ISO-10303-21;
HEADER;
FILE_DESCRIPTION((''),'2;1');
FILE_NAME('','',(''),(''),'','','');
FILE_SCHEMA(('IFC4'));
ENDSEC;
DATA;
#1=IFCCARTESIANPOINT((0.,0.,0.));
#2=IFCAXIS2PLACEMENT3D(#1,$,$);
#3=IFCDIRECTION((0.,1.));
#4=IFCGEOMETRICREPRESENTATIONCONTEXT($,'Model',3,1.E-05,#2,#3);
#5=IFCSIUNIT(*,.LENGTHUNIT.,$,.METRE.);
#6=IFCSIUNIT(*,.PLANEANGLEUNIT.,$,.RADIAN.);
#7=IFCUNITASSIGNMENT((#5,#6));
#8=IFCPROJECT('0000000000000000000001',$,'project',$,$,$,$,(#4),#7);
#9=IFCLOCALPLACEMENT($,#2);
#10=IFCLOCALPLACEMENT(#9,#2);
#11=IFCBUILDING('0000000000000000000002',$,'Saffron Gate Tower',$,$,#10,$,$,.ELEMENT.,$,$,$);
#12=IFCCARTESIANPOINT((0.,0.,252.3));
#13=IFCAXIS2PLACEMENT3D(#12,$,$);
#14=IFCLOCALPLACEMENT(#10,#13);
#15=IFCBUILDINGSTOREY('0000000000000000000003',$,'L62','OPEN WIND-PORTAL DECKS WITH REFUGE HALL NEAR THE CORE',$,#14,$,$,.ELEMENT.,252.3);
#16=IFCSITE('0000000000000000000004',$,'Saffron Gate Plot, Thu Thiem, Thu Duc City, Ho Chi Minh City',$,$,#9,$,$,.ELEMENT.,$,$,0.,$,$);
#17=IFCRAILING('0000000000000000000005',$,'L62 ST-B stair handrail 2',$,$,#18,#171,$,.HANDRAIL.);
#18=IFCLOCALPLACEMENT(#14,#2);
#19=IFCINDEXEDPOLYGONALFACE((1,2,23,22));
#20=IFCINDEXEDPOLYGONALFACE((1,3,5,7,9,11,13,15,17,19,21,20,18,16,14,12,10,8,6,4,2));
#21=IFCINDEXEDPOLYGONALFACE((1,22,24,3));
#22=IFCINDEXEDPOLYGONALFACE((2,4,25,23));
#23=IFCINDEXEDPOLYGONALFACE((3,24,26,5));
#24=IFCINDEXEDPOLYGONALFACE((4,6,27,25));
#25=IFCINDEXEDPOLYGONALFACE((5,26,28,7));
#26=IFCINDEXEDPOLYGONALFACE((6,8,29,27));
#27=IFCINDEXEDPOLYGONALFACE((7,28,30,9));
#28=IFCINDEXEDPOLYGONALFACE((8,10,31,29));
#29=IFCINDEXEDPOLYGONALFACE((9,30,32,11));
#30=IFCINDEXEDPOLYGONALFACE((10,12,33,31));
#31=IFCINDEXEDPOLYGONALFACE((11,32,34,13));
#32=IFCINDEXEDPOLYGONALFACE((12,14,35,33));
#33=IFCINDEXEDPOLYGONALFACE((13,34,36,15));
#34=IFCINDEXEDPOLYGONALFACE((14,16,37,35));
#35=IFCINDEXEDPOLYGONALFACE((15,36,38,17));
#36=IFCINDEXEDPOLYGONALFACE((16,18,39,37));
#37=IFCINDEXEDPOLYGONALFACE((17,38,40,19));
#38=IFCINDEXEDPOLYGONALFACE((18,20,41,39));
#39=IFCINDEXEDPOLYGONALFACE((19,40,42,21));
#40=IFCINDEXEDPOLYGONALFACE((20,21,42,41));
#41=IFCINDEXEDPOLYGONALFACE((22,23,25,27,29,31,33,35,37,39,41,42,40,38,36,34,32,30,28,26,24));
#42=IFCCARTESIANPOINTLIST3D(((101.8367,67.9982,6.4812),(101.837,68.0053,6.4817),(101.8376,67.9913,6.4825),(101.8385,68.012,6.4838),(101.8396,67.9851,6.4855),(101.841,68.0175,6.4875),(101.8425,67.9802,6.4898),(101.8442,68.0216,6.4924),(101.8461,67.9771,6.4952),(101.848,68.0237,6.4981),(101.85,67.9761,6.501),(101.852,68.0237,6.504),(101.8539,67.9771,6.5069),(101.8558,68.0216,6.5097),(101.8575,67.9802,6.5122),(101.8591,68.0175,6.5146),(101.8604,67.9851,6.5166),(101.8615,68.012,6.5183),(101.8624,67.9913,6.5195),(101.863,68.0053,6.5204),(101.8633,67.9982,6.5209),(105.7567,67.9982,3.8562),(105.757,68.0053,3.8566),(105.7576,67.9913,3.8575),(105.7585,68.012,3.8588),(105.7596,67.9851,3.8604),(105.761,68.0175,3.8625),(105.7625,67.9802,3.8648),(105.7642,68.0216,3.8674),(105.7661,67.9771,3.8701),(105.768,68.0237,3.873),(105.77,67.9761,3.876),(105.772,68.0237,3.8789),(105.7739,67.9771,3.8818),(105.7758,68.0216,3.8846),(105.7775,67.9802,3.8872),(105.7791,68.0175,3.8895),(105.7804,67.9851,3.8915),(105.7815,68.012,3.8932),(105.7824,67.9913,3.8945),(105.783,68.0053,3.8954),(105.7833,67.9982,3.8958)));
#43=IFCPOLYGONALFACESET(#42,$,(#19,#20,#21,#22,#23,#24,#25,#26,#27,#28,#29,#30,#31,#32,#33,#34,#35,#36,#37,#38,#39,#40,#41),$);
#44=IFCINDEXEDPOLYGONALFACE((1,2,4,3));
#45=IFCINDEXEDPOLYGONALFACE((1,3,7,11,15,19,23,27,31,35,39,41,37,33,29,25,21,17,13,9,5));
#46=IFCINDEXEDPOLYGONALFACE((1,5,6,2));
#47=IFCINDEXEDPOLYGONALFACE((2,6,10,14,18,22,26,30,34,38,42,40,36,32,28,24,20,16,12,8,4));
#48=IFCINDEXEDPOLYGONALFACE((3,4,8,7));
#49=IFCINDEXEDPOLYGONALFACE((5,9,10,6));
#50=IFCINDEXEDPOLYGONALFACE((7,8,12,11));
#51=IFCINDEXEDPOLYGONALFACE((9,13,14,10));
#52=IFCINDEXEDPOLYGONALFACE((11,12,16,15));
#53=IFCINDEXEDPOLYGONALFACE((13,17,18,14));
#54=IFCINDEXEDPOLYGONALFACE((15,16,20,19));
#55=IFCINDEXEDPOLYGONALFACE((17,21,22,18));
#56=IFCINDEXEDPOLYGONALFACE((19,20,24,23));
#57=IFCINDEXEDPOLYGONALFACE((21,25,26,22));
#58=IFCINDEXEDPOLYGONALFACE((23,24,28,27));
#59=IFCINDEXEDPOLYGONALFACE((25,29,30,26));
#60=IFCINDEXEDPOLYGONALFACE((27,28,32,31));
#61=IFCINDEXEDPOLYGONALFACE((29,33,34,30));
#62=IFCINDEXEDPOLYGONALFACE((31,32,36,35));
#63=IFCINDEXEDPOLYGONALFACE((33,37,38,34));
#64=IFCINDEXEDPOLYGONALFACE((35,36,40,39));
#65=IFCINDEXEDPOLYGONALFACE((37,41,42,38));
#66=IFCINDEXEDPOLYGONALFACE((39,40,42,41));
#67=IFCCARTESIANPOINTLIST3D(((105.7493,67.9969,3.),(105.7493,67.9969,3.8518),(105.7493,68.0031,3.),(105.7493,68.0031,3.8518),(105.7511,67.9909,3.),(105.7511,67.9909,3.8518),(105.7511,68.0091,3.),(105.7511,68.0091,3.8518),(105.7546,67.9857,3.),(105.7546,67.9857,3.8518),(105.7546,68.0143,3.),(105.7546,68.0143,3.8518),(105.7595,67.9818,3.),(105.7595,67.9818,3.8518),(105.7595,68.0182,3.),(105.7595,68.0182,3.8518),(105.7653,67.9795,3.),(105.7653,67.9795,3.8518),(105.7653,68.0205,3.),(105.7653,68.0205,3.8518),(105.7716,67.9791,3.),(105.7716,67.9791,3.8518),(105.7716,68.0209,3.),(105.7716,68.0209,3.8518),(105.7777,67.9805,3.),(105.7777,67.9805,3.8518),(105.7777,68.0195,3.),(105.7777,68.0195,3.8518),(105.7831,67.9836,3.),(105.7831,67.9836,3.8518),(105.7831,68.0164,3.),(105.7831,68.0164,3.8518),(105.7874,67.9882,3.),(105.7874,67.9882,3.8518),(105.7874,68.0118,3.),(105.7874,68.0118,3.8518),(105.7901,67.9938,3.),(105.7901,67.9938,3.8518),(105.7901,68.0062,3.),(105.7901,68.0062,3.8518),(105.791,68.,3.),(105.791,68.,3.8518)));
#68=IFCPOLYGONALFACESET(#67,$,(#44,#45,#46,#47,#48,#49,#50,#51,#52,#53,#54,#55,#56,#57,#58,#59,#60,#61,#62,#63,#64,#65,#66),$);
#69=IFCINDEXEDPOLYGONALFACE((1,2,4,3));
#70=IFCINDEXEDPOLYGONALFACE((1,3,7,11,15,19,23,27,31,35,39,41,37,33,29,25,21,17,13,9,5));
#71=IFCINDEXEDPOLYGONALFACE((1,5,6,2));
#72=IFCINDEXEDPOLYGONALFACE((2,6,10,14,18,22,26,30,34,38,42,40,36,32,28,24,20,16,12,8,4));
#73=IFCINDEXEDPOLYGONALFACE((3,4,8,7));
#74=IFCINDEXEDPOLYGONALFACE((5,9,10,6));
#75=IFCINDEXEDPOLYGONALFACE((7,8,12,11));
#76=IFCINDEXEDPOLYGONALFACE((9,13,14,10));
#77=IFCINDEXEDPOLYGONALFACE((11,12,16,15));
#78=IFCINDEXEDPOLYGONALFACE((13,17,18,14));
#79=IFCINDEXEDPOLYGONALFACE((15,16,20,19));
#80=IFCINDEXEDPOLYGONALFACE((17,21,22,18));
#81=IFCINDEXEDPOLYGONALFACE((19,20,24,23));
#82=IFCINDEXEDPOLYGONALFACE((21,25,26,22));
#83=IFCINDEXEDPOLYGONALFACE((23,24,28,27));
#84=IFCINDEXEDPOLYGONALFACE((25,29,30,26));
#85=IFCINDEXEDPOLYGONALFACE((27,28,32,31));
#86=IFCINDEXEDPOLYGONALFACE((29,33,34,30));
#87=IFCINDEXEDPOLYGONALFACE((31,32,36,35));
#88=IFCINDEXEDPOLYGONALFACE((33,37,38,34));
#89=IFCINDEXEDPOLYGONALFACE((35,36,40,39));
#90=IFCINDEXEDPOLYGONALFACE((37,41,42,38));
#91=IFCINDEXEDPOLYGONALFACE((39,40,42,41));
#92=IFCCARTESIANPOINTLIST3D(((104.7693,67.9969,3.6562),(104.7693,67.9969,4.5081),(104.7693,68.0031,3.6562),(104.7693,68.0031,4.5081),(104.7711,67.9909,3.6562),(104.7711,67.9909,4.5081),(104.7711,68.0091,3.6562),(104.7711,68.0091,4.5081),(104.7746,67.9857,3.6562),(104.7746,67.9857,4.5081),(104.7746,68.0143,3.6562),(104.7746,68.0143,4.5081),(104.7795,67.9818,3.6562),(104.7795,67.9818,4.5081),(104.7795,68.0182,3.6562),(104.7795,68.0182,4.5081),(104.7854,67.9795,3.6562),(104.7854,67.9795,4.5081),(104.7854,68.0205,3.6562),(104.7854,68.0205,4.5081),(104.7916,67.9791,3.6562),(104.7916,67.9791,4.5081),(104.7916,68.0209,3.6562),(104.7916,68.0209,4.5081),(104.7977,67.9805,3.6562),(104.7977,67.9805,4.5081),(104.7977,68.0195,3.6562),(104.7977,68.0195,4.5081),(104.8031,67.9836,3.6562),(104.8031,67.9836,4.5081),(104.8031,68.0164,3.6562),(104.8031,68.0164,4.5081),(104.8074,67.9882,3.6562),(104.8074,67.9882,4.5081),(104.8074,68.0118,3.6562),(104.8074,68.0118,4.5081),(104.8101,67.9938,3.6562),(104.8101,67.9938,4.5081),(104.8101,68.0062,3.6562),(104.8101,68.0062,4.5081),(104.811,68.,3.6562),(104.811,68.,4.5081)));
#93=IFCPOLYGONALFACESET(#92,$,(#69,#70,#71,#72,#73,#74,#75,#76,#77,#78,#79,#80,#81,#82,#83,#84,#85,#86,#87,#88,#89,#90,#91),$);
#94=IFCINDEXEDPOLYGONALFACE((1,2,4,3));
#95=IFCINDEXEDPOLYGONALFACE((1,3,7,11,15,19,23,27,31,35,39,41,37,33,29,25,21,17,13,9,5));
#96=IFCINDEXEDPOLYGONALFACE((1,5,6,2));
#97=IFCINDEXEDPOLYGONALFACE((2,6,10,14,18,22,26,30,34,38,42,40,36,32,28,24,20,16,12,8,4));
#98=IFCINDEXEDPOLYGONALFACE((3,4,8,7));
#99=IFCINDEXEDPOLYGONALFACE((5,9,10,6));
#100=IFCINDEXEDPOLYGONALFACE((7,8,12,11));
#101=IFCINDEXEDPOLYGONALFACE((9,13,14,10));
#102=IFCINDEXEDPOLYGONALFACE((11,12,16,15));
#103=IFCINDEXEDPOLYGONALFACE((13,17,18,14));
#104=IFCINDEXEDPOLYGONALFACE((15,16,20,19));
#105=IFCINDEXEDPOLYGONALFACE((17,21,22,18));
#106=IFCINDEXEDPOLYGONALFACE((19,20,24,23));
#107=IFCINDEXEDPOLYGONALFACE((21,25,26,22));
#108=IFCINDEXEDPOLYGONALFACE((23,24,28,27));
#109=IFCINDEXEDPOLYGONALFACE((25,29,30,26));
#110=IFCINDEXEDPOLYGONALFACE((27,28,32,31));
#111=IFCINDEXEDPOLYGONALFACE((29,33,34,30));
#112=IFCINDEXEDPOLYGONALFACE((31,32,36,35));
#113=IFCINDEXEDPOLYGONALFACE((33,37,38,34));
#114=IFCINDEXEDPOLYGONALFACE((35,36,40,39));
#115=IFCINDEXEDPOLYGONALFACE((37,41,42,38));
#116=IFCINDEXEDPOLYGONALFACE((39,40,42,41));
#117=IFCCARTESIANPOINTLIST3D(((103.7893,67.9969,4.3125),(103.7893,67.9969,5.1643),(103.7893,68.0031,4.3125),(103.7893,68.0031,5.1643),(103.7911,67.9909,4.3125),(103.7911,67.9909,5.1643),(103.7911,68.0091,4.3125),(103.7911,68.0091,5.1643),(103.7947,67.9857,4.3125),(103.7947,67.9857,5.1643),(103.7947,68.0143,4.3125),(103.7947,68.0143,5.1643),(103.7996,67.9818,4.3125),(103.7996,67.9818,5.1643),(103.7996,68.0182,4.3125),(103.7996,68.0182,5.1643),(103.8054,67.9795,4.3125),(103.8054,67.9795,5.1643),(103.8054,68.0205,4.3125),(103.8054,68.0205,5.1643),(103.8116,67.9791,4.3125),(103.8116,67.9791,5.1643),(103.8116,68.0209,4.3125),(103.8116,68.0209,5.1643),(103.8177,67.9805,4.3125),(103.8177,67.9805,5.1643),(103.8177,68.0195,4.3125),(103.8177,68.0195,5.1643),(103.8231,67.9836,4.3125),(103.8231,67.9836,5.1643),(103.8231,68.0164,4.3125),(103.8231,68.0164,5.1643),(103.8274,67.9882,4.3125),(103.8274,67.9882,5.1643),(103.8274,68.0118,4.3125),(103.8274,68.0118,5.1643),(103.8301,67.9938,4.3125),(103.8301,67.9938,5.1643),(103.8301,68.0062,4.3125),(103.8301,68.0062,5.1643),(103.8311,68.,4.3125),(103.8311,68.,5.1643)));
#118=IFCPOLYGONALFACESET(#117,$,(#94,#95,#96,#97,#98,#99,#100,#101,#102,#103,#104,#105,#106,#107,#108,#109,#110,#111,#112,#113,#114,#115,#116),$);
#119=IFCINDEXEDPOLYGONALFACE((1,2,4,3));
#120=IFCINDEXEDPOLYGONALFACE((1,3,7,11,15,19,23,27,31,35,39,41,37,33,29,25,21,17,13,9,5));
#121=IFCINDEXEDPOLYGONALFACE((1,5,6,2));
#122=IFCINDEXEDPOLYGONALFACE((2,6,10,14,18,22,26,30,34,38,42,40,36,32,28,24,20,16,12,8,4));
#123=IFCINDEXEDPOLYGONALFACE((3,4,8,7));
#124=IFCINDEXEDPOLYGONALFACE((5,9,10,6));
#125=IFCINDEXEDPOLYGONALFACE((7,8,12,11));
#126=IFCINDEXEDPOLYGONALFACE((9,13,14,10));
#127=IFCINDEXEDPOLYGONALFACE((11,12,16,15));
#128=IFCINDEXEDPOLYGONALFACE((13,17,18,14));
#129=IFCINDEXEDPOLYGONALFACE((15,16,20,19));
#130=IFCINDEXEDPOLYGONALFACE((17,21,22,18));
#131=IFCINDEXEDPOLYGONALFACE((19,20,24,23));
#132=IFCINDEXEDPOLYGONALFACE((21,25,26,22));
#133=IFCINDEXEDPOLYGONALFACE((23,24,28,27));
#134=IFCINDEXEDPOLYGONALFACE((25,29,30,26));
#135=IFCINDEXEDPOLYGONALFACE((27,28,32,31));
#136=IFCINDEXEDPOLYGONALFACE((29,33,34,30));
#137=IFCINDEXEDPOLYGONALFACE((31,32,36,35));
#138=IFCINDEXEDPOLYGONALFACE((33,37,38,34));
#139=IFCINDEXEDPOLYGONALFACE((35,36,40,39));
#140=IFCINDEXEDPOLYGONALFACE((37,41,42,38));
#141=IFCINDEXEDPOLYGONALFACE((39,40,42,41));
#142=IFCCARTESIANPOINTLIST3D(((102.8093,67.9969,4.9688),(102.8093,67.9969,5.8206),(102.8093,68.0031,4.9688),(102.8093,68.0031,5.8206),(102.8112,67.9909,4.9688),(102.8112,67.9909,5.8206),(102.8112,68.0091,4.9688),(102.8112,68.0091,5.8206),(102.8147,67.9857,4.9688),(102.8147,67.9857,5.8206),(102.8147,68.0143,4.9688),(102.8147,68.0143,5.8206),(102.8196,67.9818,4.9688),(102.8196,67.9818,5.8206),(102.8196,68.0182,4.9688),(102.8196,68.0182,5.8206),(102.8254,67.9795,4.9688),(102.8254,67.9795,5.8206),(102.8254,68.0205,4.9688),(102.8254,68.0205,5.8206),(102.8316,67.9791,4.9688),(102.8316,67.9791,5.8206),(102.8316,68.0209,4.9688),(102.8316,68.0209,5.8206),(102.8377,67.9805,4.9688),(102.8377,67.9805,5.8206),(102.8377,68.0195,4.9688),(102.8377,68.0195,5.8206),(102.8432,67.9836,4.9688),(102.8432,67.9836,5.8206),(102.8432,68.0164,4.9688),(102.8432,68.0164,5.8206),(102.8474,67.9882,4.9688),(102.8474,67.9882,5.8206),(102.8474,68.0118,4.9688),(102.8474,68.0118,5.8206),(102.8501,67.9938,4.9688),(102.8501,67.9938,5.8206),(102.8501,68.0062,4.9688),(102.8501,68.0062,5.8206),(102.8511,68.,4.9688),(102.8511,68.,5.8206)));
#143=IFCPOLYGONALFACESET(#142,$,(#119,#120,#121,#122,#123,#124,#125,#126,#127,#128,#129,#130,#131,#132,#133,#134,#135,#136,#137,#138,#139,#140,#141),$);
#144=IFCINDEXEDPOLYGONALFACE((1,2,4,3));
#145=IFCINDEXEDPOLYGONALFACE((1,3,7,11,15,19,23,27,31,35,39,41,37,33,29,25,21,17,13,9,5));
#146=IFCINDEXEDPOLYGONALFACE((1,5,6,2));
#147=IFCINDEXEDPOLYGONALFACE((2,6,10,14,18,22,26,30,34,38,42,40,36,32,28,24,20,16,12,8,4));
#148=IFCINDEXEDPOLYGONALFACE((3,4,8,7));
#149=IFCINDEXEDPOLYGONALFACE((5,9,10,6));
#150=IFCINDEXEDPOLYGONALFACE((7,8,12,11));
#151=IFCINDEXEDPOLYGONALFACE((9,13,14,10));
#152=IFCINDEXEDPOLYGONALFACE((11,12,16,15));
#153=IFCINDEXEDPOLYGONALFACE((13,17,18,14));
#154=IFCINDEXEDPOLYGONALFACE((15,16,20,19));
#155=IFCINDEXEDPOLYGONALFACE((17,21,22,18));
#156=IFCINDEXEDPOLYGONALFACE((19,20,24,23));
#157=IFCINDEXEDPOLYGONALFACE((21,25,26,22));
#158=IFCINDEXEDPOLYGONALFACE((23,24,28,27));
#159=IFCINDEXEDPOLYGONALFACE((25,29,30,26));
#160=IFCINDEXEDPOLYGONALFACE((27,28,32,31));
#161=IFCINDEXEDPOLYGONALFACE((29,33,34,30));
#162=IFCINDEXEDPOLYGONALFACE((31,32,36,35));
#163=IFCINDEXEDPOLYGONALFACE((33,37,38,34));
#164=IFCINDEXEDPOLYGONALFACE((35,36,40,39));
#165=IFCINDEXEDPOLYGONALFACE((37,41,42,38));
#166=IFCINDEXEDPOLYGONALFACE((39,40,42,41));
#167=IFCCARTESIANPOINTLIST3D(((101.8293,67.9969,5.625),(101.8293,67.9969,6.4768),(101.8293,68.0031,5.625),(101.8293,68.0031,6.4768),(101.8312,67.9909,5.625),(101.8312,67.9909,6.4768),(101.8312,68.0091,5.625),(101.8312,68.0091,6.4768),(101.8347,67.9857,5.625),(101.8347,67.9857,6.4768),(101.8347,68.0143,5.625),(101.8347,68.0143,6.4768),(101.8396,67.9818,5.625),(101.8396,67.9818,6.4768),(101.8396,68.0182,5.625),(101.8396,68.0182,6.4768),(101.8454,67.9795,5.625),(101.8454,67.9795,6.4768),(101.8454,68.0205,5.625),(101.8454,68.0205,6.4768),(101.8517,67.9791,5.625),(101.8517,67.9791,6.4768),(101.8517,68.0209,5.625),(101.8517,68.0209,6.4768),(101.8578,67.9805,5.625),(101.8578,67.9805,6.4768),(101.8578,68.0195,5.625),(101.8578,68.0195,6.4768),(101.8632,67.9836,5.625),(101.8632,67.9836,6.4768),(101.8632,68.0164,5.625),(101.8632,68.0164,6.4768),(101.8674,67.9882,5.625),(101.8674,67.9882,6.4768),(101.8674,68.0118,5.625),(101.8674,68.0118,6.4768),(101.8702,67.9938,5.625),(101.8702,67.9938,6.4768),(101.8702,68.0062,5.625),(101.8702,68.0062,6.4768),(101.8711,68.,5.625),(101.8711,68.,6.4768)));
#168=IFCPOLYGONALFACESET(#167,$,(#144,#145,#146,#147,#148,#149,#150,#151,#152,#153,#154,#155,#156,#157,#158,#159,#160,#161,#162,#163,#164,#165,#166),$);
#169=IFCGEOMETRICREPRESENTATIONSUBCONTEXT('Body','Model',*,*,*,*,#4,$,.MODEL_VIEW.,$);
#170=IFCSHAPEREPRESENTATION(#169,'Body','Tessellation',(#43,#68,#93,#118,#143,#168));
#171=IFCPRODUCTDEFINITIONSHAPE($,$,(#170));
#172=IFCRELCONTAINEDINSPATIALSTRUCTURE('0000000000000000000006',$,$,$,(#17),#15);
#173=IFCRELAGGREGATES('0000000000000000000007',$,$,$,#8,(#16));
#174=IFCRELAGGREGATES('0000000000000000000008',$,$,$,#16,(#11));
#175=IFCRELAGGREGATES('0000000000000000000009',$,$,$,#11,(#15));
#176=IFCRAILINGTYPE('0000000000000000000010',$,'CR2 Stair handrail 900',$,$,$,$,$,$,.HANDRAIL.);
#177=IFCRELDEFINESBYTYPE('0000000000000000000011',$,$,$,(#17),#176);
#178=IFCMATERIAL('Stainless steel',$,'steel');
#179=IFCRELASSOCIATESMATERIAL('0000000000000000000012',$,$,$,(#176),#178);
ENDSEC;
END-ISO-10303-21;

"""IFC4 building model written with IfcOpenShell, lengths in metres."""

from ifc_helpers import new_model, si_unit, direction, frame, origin, origin_2d, place, context, subcontext, project, spatial, circle, extrude, material, type_object, element, save


model = new_model("IFC4")

# Units and contexts
model_context = context("Model", 3, precision=1e-05, world=origin(), true_north=direction((0.0, 1.0)))
body_context = subcontext(model_context, "Body", "Model", "MODEL_VIEW")
ifc_project = project(units=[si_unit("LENGTHUNIT", "METRE"), si_unit("PLANEANGLEUNIT", "RADIAN")], contexts=[model_context])

# Site, building, storey
site_placement = place(None, origin())
site = spatial("IfcSite", under=ifc_project, at=site_placement, Name="Saffron Gate Plot, Thu Thiem, Thu Duc City, Ho Chi Minh City", CompositionType="ELEMENT", RefElevation=0.0)
building_placement = place(site_placement, origin())
building = spatial("IfcBuilding", under=site, at=building_placement, Name="Saffron Gate Tower", CompositionType="ELEMENT")
storey_placement = place(building_placement, frame((0.0, 0.0, 252.3)))
storey = spatial("IfcBuildingStorey", under=building, at=storey_placement, Name="L62", Description="OPEN WIND-PORTAL DECKS WITH REFUGE HALL NEAR THE CORE", CompositionType="ELEMENT", Elevation=252.3)

# Railing
ifc_material_1 = material(Name="Stainless steel", Category="steel")
railing_type_1 = type_object("IfcRailingType", Name="CR2 Stair handrail 900", PredefinedType="HANDRAIL", material=ifc_material_1)
railing_1_placement = place(storey_placement, frame((105.77, 68.0, 3.0)))
element("IfcRailing", 1, at=railing_1_placement, inside=storey, type_object=railing_type_1, Name="L62 ST-B stair handrail 2", PredefinedType="HANDRAIL", context=body_context, shape_type="SweptSolid", body=[
    extrude(circle(Radius=0.0239, at=origin_2d()), frame((0.0, 0.0, 0.876), z_axis=(-0.830902, 0.0, 0.556419), x_axis=(0.0, -1.0, 0.0)), (0.0, 0.0, 1.0), 4.7178),
    extrude(circle(Radius=0.021, at=origin_2d()), origin(), (0.0, 0.0, 1.0), 0.8518),
    extrude(circle(Radius=0.021, at=origin_2d()), frame((-0.98, 0.0, 0.6562)), (0.0, 0.0, 1.0), 0.8518),
    extrude(circle(Radius=0.021, at=origin_2d()), frame((-1.96, 0.0, 1.3125)), (0.0, 0.0, 1.0), 0.8518),
    extrude(circle(Radius=0.021, at=origin_2d()), frame((-2.9399, 0.0, 1.9688)), (0.0, 0.0, 1.0), 0.8518),
    extrude(circle(Radius=0.021, at=origin_2d()), frame((-3.9199, 0.0, 2.625)), (0.0, 0.0, 1.0), 0.8518),
])

save(model, "model.ifc")
